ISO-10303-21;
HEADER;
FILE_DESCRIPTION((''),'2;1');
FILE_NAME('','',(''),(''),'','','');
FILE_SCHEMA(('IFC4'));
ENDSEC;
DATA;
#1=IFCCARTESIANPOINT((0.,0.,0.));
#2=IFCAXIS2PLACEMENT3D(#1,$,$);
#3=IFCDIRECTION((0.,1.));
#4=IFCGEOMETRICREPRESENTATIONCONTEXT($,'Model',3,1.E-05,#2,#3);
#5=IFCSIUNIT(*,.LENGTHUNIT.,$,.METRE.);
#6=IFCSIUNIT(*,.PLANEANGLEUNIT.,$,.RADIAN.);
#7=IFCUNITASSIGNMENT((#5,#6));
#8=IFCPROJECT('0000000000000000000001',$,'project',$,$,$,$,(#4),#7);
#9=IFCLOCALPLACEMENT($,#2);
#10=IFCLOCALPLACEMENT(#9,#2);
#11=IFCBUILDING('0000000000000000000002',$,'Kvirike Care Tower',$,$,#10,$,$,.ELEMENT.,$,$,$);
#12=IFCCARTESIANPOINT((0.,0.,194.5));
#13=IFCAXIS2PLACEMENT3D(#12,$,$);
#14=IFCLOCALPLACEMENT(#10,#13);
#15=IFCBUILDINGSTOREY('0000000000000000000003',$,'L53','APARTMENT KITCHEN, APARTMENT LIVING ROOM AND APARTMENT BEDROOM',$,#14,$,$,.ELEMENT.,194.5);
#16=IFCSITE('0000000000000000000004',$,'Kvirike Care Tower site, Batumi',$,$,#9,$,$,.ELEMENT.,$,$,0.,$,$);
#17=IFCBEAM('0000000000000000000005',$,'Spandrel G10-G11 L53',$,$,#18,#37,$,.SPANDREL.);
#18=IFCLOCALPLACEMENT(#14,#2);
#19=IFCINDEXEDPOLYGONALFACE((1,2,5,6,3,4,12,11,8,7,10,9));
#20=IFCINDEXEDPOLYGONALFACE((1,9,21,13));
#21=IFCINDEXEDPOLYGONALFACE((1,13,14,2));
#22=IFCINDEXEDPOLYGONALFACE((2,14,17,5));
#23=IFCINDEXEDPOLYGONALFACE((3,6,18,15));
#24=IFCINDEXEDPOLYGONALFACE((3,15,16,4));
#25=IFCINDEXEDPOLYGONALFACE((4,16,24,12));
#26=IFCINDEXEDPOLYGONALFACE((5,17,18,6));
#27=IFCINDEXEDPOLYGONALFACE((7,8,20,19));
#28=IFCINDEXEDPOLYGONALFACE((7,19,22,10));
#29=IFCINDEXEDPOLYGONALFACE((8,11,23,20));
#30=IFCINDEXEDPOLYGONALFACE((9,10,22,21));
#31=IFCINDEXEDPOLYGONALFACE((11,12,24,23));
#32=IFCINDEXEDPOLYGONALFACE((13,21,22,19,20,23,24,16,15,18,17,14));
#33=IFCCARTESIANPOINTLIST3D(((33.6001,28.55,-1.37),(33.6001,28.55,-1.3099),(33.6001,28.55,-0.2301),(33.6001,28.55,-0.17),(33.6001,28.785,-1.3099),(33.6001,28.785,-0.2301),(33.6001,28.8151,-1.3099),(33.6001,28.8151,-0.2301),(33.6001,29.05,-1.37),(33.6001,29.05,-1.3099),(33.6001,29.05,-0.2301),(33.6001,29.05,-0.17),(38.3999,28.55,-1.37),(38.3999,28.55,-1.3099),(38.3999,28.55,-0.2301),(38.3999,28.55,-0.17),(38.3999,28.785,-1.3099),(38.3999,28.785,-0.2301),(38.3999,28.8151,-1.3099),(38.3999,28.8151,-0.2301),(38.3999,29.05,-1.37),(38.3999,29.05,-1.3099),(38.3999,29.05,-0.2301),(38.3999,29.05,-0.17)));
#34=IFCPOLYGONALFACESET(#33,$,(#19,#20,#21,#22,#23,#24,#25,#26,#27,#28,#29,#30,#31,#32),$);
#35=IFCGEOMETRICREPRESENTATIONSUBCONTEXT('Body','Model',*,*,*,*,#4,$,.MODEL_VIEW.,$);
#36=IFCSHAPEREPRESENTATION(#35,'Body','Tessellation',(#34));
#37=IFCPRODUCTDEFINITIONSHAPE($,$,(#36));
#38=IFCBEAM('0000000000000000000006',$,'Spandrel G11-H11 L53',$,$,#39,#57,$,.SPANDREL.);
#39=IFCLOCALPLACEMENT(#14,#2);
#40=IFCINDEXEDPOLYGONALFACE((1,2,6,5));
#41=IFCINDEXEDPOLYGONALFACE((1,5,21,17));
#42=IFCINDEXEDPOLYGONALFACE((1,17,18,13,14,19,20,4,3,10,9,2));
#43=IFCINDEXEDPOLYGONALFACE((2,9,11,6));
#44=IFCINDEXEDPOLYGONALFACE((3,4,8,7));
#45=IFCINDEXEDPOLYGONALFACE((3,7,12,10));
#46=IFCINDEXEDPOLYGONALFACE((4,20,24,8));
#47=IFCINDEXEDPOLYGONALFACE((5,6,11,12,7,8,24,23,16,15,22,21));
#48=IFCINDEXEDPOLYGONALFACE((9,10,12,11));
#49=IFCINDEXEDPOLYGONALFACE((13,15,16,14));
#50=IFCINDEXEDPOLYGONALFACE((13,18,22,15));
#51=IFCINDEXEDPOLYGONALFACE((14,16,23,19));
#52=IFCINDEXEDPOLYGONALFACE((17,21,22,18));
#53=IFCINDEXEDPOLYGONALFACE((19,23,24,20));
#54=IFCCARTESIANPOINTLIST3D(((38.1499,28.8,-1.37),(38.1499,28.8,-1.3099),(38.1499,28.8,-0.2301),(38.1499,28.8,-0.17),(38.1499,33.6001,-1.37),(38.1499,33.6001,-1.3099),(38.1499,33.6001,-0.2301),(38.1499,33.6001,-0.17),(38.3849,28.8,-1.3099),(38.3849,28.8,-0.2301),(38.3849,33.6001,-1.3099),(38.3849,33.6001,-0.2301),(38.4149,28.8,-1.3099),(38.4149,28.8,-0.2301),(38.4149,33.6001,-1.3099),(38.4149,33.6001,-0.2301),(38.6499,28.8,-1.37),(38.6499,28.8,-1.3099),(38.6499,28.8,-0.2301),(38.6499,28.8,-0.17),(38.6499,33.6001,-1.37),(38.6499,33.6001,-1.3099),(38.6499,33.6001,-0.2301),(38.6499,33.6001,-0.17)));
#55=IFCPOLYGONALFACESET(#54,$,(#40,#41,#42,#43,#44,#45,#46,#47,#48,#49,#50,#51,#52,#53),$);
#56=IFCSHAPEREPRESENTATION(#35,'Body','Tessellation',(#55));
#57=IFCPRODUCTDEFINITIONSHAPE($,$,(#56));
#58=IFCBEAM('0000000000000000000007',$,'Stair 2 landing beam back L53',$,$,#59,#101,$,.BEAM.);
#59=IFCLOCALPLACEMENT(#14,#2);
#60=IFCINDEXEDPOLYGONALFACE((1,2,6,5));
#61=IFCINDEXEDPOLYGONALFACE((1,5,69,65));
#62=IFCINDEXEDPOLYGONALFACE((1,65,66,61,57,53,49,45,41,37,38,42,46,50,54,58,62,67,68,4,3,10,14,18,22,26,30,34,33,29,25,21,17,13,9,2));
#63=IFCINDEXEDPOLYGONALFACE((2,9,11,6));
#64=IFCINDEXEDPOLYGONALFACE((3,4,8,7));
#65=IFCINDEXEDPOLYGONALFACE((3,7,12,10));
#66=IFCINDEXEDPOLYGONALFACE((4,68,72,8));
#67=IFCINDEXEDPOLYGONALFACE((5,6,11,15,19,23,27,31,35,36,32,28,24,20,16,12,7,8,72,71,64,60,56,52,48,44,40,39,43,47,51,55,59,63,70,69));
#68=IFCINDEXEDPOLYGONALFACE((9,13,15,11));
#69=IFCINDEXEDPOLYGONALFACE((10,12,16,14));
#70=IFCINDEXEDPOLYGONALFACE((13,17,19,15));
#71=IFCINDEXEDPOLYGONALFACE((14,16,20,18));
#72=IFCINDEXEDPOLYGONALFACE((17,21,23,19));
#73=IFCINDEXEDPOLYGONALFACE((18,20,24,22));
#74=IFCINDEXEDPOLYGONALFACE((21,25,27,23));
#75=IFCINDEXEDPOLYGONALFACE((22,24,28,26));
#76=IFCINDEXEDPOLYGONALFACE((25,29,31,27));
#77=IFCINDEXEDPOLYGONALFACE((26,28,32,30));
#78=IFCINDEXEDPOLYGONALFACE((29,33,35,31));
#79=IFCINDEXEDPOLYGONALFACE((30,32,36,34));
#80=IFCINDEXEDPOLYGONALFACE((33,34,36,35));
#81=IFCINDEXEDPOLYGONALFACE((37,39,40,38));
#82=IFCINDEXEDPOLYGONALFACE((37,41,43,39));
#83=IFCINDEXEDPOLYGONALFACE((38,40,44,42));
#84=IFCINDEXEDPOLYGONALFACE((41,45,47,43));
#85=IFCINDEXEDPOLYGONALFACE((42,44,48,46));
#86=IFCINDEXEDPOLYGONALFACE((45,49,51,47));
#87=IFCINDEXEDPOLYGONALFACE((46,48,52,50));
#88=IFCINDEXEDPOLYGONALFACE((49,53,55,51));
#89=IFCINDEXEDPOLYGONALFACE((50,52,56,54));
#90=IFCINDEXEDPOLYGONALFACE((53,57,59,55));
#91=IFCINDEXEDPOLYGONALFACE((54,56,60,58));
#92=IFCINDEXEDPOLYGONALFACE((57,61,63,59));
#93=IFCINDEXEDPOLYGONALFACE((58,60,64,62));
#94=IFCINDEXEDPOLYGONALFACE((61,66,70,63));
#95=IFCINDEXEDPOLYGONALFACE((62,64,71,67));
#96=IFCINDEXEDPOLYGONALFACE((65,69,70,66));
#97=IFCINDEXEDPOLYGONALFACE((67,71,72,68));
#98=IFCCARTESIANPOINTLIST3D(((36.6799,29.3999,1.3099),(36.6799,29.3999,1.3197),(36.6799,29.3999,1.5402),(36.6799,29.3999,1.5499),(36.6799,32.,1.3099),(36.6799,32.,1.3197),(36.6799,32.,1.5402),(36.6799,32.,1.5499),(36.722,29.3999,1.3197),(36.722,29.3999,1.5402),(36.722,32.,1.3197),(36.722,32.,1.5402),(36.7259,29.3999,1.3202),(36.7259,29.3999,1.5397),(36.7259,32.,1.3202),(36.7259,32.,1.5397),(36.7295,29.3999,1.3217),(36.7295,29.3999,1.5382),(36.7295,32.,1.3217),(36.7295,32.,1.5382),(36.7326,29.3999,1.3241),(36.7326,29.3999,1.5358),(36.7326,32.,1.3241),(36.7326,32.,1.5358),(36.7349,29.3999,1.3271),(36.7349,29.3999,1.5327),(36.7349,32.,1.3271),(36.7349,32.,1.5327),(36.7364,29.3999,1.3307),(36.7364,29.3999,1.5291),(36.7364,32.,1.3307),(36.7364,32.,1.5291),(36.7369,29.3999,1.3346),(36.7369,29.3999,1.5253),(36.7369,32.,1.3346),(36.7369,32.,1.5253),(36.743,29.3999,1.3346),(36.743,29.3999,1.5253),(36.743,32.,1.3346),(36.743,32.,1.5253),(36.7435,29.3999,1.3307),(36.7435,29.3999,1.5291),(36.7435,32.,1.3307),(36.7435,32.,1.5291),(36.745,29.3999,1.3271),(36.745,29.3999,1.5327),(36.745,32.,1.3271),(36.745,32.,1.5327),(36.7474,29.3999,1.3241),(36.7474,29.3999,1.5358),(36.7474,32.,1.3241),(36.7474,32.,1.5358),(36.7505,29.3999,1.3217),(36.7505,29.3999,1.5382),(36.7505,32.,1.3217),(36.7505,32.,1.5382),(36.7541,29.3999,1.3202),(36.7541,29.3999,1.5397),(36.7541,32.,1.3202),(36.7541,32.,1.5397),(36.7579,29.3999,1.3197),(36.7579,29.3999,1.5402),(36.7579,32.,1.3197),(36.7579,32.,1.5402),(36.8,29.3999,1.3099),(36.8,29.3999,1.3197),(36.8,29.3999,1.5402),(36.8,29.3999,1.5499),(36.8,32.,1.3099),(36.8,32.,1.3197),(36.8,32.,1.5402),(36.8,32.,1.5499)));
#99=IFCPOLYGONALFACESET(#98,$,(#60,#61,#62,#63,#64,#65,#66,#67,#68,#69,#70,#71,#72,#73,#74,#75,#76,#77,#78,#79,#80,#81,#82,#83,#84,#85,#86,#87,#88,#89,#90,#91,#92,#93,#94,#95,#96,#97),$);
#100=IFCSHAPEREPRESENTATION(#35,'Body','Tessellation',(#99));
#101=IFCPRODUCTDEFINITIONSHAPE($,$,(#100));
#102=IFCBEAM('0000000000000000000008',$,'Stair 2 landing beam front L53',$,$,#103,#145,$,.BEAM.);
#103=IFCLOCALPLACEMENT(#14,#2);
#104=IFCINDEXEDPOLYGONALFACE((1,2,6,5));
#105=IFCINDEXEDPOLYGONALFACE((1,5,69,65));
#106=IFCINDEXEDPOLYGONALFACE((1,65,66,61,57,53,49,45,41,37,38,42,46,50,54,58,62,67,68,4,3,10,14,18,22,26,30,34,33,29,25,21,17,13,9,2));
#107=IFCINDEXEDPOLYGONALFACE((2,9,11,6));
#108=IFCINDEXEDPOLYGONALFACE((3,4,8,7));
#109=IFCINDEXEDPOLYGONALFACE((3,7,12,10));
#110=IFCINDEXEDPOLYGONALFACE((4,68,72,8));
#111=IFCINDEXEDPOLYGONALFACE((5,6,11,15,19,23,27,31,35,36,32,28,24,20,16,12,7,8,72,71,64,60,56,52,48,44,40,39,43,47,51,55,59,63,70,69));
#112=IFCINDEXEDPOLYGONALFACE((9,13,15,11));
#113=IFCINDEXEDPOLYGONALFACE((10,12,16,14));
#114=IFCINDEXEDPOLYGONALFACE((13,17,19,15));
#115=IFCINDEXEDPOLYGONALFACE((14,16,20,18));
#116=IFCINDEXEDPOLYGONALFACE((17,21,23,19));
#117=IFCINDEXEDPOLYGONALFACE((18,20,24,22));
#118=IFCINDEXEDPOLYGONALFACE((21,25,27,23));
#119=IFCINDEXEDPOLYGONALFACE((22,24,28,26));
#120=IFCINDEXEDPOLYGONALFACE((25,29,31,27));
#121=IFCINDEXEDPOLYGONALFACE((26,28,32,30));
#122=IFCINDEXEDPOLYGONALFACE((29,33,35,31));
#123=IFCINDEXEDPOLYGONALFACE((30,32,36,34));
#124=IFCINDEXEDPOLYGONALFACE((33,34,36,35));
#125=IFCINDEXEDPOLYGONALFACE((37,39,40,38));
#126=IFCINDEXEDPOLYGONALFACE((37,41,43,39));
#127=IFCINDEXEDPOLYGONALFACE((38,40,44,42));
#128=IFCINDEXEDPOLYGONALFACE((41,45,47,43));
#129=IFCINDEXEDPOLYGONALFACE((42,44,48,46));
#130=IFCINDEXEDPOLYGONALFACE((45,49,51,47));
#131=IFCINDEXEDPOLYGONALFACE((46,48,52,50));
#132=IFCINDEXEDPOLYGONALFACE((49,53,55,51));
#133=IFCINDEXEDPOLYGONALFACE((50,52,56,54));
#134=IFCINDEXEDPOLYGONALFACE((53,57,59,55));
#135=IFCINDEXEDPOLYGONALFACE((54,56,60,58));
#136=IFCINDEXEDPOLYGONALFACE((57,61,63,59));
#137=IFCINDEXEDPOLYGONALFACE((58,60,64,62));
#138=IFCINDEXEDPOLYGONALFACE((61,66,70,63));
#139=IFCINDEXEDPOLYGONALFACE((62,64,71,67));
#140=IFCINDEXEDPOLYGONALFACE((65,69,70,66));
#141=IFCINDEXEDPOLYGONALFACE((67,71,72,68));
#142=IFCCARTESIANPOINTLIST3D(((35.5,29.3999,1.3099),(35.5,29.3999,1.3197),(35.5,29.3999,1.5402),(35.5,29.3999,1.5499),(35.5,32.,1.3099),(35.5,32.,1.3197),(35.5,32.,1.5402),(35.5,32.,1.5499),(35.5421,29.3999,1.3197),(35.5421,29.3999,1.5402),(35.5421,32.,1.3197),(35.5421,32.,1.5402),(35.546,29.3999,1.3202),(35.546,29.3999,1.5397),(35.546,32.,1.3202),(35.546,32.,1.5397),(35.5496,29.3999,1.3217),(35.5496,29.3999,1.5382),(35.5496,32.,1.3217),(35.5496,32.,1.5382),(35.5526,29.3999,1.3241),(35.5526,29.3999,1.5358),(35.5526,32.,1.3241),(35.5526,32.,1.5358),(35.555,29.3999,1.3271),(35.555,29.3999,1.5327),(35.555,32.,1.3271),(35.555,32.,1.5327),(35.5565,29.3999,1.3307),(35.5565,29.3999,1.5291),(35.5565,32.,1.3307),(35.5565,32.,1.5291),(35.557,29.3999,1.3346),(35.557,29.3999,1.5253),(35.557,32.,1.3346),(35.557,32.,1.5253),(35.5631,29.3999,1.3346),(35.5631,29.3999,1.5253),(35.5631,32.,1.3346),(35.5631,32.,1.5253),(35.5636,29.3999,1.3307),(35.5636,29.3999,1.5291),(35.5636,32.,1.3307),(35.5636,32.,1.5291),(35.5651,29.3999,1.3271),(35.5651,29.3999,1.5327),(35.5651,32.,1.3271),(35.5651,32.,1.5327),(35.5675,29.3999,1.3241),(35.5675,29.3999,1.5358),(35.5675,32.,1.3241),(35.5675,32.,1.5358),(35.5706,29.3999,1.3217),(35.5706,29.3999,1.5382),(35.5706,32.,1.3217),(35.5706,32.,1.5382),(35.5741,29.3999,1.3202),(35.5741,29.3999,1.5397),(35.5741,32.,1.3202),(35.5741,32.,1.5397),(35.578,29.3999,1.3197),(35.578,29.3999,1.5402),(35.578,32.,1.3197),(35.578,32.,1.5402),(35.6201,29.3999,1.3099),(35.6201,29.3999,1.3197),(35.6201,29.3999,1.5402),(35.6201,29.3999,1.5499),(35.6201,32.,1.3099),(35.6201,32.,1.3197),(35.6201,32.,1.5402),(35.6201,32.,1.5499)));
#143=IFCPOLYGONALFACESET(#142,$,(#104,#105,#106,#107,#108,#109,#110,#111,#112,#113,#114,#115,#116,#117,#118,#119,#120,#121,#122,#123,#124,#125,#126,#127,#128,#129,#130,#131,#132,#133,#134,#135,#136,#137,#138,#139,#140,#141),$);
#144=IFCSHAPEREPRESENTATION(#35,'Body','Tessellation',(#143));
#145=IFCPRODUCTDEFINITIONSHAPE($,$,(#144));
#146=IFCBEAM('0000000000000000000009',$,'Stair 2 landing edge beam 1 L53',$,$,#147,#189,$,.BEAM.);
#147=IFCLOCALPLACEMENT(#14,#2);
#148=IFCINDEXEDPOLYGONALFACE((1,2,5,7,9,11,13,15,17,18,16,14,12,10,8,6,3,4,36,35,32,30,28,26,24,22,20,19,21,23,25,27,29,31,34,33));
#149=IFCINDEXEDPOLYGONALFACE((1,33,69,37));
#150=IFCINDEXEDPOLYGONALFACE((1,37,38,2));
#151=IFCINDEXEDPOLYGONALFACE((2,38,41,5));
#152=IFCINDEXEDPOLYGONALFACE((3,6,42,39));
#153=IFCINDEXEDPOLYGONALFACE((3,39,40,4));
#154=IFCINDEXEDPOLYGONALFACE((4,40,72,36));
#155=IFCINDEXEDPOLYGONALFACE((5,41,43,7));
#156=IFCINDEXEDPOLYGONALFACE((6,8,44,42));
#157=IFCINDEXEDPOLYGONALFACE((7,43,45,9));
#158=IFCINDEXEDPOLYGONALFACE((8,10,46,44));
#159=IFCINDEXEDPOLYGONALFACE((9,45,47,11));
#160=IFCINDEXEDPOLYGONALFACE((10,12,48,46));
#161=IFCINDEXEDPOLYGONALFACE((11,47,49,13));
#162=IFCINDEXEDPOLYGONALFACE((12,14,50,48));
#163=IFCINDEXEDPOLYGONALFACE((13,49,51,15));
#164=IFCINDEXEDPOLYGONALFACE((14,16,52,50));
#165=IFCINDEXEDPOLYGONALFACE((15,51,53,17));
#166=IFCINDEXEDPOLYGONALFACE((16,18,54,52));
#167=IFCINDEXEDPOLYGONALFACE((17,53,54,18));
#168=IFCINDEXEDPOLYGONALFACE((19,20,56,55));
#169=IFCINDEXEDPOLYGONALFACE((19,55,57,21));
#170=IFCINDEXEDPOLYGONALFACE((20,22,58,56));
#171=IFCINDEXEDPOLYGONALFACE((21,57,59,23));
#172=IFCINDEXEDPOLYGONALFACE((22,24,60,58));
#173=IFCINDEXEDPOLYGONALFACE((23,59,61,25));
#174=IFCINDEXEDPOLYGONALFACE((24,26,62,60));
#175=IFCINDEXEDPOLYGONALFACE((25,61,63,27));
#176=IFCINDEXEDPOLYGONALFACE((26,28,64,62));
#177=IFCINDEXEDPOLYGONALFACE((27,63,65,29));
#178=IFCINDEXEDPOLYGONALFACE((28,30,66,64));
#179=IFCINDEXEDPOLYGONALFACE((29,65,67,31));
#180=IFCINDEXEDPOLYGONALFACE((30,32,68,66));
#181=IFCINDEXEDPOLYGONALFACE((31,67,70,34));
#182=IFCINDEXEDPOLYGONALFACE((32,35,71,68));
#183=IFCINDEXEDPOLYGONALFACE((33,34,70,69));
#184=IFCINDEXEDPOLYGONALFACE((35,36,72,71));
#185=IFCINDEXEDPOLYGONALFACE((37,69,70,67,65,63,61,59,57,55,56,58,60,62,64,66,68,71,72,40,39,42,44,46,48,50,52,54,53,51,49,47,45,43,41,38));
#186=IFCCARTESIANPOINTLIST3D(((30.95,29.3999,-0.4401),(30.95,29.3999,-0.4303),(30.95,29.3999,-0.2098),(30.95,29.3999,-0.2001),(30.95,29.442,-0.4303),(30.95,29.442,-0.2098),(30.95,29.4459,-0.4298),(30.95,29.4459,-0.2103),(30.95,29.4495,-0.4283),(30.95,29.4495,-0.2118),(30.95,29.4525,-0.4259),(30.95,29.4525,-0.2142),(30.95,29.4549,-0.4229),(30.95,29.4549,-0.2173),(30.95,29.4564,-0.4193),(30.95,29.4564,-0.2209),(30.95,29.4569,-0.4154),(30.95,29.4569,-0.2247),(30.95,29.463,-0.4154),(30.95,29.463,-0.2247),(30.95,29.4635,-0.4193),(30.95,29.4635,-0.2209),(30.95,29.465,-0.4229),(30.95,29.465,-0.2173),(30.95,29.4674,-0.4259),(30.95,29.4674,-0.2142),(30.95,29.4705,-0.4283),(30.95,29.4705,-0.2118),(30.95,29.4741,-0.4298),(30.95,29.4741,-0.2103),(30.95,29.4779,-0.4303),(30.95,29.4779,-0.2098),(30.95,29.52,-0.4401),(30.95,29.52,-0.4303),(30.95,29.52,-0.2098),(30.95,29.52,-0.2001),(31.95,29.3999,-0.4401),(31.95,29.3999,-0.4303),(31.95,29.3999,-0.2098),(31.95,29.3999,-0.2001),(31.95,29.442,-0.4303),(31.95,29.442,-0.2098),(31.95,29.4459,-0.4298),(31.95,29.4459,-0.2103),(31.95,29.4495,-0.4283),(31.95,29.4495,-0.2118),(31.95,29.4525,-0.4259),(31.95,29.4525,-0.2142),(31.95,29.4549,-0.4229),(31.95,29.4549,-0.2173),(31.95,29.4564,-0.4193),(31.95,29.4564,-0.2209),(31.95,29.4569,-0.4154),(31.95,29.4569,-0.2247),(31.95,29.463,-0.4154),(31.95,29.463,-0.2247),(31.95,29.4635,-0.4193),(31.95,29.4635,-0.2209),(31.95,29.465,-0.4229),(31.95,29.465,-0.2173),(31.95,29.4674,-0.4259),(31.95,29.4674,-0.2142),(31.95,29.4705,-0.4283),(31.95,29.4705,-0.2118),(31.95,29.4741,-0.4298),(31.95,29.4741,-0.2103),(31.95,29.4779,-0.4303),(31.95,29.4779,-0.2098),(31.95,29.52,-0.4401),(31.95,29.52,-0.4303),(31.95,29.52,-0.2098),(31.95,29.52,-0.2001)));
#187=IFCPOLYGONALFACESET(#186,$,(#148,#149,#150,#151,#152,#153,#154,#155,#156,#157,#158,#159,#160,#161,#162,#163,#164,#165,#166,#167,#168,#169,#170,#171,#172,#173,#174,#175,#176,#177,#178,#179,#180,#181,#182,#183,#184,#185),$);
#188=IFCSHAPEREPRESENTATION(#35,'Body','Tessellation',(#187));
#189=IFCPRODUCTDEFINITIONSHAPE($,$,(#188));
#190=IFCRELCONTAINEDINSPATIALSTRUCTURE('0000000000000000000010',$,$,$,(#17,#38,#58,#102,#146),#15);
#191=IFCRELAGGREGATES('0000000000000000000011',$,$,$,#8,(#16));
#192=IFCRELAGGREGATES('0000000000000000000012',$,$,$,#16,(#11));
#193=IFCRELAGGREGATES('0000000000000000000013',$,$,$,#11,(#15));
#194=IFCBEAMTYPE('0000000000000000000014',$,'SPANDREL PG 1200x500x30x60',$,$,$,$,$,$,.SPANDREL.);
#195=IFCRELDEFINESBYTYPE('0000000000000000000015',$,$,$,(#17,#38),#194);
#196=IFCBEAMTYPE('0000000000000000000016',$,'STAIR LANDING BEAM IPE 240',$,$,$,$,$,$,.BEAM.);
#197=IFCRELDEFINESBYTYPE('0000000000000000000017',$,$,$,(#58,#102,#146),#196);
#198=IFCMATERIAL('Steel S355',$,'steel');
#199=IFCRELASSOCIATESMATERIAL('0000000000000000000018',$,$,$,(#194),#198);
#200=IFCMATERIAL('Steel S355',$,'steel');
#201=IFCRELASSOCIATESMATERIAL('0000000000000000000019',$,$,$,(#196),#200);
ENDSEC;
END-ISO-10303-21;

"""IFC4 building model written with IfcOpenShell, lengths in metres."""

from ifc_helpers import new_model, si_unit, direction, frame, origin, origin_2d, place, context, subcontext, project, spatial, i_section, extrude, material, material_profile, profile_set, type_object, element, save


model = new_model("IFC4")

# Units and contexts
model_context = context("Model", 3, precision=1e-05, world=origin(), true_north=direction((0.0, 1.0)))
body_context = subcontext(model_context, "Body", "Model", "MODEL_VIEW")
ifc_project = project(units=[si_unit("LENGTHUNIT", "METRE"), si_unit("PLANEANGLEUNIT", "RADIAN")], contexts=[model_context])

# Site, building, storey
site_placement = place(None, origin())
site = spatial("IfcSite", under=ifc_project, at=site_placement, Name="Kvirike Care Tower site, Batumi", CompositionType="ELEMENT", RefElevation=0.0)
building_placement = place(site_placement, origin())
building = spatial("IfcBuilding", under=site, at=building_placement, Name="Kvirike Care Tower", CompositionType="ELEMENT")
storey_placement = place(building_placement, frame((0.0, 0.0, 194.5)))
storey = spatial("IfcBuildingStorey", under=building, at=storey_placement, Name="L53", Description="APARTMENT KITCHEN, APARTMENT LIVING ROOM AND APARTMENT BEDROOM", CompositionType="ELEMENT", Elevation=194.5)

# Beams
ifc_material_1 = material(Name="Steel S355", Category="steel")
ifc_material_profile_1 = material_profile(ifc_material_1, i_section(OverallWidth=0.5, OverallDepth=1.2, WebThickness=0.03, FlangeThickness=0.0601, at=origin_2d()), Name="PG 1200x500x30x60")
ifc_profile_set_1 = profile_set([ifc_material_profile_1], Name="Steel S355")
beam_type_1 = type_object("IfcBeamType", Name="SPANDREL PG 1200x500x30x60", PredefinedType="SPANDREL", material=ifc_profile_set_1)
beam_1_placement = place(storey_placement, frame((33.6001, 28.8, -0.77), z_axis=(1.0, 0.0, 0.0), x_axis=(0.0, 1.0, 0.0)))
element("IfcBeam", 1, at=beam_1_placement, inside=storey, type_object=beam_type_1, Name="Spandrel G10-G11 L53", PredefinedType="SPANDREL", context=body_context, shape_type="SweptSolid", body=[
    extrude(i_section(OverallWidth=0.5, OverallDepth=1.2, WebThickness=0.03, FlangeThickness=0.0601, at=origin_2d()), origin(), (0.0, 0.0, 1.0), 4.7998),
])
beam_2_placement = place(storey_placement, frame((38.3999, 28.8, -0.77), z_axis=(0.0, 1.0, 0.0), x_axis=(-1.0, 0.0, 0.0)))
element("IfcBeam", 2, at=beam_2_placement, inside=storey, type_object=beam_type_1, Name="Spandrel G11-H11 L53", PredefinedType="SPANDREL", context=body_context, shape_type="SweptSolid", body=[
    extrude(i_section(OverallWidth=0.5, OverallDepth=1.2, WebThickness=0.03, FlangeThickness=0.0601, at=origin_2d()), origin(), (0.0, 0.0, 1.0), 4.8),
])
ifc_material_2 = material(Name="Steel S355", Category="steel")
ifc_material_profile_2 = material_profile(ifc_material_2, i_section(OverallWidth=0.1201, OverallDepth=0.24, WebThickness=0.0061, FlangeThickness=0.0098, FilletRadius=0.0149, at=origin_2d()), Name="IPE 240")
ifc_profile_set_2 = profile_set([ifc_material_profile_2], Name="Steel S355")
beam_type_2 = type_object("IfcBeamType", Name="STAIR LANDING BEAM IPE 240", PredefinedType="BEAM", material=ifc_profile_set_2)
for number, where, z_axis, x_axis, name in (
    (3, (36.74, 29.3999, 1.4299), (0.0, 1.0, 0.0), (-1.0, 0.0, 0.0), "Stair 2 landing beam back L53"),
    (4, (35.5601, 29.3999, 1.4299), (0.0, 1.0, 0.0), (-1.0, 0.0, 0.0), "Stair 2 landing beam front L53"),
):
    element("IfcBeam", number, at=place(storey_placement, frame(where, z_axis=z_axis, x_axis=x_axis)), inside=storey, type_object=beam_type_2, Name=name, PredefinedType="BEAM", context=body_context, shape_type="SweptSolid", body=[
        extrude(i_section(OverallWidth=0.1201, OverallDepth=0.24, WebThickness=0.0061, FlangeThickness=0.0098, FilletRadius=0.0149, at=origin_2d()), origin(), (0.0, 0.0, 1.0), 2.6001),
    ])
beam_3_placement = place(storey_placement, frame((31.95, 29.46, -0.3201), z_axis=(-1.0, 0.0, 0.0), x_axis=(0.0, -1.0, 0.0)))
element("IfcBeam", 5, at=beam_3_placement, inside=storey, type_object=beam_type_2, Name="Stair 2 landing edge beam 1 L53", PredefinedType="BEAM", context=body_context, shape_type="SweptSolid", body=[
    extrude(i_section(OverallWidth=0.1201, OverallDepth=0.24, WebThickness=0.0061, FlangeThickness=0.0098, FilletRadius=0.0149, at=origin_2d()), origin(), (0.0, 0.0, 1.0), 1.0),
])

save(model, "model.ifc")
